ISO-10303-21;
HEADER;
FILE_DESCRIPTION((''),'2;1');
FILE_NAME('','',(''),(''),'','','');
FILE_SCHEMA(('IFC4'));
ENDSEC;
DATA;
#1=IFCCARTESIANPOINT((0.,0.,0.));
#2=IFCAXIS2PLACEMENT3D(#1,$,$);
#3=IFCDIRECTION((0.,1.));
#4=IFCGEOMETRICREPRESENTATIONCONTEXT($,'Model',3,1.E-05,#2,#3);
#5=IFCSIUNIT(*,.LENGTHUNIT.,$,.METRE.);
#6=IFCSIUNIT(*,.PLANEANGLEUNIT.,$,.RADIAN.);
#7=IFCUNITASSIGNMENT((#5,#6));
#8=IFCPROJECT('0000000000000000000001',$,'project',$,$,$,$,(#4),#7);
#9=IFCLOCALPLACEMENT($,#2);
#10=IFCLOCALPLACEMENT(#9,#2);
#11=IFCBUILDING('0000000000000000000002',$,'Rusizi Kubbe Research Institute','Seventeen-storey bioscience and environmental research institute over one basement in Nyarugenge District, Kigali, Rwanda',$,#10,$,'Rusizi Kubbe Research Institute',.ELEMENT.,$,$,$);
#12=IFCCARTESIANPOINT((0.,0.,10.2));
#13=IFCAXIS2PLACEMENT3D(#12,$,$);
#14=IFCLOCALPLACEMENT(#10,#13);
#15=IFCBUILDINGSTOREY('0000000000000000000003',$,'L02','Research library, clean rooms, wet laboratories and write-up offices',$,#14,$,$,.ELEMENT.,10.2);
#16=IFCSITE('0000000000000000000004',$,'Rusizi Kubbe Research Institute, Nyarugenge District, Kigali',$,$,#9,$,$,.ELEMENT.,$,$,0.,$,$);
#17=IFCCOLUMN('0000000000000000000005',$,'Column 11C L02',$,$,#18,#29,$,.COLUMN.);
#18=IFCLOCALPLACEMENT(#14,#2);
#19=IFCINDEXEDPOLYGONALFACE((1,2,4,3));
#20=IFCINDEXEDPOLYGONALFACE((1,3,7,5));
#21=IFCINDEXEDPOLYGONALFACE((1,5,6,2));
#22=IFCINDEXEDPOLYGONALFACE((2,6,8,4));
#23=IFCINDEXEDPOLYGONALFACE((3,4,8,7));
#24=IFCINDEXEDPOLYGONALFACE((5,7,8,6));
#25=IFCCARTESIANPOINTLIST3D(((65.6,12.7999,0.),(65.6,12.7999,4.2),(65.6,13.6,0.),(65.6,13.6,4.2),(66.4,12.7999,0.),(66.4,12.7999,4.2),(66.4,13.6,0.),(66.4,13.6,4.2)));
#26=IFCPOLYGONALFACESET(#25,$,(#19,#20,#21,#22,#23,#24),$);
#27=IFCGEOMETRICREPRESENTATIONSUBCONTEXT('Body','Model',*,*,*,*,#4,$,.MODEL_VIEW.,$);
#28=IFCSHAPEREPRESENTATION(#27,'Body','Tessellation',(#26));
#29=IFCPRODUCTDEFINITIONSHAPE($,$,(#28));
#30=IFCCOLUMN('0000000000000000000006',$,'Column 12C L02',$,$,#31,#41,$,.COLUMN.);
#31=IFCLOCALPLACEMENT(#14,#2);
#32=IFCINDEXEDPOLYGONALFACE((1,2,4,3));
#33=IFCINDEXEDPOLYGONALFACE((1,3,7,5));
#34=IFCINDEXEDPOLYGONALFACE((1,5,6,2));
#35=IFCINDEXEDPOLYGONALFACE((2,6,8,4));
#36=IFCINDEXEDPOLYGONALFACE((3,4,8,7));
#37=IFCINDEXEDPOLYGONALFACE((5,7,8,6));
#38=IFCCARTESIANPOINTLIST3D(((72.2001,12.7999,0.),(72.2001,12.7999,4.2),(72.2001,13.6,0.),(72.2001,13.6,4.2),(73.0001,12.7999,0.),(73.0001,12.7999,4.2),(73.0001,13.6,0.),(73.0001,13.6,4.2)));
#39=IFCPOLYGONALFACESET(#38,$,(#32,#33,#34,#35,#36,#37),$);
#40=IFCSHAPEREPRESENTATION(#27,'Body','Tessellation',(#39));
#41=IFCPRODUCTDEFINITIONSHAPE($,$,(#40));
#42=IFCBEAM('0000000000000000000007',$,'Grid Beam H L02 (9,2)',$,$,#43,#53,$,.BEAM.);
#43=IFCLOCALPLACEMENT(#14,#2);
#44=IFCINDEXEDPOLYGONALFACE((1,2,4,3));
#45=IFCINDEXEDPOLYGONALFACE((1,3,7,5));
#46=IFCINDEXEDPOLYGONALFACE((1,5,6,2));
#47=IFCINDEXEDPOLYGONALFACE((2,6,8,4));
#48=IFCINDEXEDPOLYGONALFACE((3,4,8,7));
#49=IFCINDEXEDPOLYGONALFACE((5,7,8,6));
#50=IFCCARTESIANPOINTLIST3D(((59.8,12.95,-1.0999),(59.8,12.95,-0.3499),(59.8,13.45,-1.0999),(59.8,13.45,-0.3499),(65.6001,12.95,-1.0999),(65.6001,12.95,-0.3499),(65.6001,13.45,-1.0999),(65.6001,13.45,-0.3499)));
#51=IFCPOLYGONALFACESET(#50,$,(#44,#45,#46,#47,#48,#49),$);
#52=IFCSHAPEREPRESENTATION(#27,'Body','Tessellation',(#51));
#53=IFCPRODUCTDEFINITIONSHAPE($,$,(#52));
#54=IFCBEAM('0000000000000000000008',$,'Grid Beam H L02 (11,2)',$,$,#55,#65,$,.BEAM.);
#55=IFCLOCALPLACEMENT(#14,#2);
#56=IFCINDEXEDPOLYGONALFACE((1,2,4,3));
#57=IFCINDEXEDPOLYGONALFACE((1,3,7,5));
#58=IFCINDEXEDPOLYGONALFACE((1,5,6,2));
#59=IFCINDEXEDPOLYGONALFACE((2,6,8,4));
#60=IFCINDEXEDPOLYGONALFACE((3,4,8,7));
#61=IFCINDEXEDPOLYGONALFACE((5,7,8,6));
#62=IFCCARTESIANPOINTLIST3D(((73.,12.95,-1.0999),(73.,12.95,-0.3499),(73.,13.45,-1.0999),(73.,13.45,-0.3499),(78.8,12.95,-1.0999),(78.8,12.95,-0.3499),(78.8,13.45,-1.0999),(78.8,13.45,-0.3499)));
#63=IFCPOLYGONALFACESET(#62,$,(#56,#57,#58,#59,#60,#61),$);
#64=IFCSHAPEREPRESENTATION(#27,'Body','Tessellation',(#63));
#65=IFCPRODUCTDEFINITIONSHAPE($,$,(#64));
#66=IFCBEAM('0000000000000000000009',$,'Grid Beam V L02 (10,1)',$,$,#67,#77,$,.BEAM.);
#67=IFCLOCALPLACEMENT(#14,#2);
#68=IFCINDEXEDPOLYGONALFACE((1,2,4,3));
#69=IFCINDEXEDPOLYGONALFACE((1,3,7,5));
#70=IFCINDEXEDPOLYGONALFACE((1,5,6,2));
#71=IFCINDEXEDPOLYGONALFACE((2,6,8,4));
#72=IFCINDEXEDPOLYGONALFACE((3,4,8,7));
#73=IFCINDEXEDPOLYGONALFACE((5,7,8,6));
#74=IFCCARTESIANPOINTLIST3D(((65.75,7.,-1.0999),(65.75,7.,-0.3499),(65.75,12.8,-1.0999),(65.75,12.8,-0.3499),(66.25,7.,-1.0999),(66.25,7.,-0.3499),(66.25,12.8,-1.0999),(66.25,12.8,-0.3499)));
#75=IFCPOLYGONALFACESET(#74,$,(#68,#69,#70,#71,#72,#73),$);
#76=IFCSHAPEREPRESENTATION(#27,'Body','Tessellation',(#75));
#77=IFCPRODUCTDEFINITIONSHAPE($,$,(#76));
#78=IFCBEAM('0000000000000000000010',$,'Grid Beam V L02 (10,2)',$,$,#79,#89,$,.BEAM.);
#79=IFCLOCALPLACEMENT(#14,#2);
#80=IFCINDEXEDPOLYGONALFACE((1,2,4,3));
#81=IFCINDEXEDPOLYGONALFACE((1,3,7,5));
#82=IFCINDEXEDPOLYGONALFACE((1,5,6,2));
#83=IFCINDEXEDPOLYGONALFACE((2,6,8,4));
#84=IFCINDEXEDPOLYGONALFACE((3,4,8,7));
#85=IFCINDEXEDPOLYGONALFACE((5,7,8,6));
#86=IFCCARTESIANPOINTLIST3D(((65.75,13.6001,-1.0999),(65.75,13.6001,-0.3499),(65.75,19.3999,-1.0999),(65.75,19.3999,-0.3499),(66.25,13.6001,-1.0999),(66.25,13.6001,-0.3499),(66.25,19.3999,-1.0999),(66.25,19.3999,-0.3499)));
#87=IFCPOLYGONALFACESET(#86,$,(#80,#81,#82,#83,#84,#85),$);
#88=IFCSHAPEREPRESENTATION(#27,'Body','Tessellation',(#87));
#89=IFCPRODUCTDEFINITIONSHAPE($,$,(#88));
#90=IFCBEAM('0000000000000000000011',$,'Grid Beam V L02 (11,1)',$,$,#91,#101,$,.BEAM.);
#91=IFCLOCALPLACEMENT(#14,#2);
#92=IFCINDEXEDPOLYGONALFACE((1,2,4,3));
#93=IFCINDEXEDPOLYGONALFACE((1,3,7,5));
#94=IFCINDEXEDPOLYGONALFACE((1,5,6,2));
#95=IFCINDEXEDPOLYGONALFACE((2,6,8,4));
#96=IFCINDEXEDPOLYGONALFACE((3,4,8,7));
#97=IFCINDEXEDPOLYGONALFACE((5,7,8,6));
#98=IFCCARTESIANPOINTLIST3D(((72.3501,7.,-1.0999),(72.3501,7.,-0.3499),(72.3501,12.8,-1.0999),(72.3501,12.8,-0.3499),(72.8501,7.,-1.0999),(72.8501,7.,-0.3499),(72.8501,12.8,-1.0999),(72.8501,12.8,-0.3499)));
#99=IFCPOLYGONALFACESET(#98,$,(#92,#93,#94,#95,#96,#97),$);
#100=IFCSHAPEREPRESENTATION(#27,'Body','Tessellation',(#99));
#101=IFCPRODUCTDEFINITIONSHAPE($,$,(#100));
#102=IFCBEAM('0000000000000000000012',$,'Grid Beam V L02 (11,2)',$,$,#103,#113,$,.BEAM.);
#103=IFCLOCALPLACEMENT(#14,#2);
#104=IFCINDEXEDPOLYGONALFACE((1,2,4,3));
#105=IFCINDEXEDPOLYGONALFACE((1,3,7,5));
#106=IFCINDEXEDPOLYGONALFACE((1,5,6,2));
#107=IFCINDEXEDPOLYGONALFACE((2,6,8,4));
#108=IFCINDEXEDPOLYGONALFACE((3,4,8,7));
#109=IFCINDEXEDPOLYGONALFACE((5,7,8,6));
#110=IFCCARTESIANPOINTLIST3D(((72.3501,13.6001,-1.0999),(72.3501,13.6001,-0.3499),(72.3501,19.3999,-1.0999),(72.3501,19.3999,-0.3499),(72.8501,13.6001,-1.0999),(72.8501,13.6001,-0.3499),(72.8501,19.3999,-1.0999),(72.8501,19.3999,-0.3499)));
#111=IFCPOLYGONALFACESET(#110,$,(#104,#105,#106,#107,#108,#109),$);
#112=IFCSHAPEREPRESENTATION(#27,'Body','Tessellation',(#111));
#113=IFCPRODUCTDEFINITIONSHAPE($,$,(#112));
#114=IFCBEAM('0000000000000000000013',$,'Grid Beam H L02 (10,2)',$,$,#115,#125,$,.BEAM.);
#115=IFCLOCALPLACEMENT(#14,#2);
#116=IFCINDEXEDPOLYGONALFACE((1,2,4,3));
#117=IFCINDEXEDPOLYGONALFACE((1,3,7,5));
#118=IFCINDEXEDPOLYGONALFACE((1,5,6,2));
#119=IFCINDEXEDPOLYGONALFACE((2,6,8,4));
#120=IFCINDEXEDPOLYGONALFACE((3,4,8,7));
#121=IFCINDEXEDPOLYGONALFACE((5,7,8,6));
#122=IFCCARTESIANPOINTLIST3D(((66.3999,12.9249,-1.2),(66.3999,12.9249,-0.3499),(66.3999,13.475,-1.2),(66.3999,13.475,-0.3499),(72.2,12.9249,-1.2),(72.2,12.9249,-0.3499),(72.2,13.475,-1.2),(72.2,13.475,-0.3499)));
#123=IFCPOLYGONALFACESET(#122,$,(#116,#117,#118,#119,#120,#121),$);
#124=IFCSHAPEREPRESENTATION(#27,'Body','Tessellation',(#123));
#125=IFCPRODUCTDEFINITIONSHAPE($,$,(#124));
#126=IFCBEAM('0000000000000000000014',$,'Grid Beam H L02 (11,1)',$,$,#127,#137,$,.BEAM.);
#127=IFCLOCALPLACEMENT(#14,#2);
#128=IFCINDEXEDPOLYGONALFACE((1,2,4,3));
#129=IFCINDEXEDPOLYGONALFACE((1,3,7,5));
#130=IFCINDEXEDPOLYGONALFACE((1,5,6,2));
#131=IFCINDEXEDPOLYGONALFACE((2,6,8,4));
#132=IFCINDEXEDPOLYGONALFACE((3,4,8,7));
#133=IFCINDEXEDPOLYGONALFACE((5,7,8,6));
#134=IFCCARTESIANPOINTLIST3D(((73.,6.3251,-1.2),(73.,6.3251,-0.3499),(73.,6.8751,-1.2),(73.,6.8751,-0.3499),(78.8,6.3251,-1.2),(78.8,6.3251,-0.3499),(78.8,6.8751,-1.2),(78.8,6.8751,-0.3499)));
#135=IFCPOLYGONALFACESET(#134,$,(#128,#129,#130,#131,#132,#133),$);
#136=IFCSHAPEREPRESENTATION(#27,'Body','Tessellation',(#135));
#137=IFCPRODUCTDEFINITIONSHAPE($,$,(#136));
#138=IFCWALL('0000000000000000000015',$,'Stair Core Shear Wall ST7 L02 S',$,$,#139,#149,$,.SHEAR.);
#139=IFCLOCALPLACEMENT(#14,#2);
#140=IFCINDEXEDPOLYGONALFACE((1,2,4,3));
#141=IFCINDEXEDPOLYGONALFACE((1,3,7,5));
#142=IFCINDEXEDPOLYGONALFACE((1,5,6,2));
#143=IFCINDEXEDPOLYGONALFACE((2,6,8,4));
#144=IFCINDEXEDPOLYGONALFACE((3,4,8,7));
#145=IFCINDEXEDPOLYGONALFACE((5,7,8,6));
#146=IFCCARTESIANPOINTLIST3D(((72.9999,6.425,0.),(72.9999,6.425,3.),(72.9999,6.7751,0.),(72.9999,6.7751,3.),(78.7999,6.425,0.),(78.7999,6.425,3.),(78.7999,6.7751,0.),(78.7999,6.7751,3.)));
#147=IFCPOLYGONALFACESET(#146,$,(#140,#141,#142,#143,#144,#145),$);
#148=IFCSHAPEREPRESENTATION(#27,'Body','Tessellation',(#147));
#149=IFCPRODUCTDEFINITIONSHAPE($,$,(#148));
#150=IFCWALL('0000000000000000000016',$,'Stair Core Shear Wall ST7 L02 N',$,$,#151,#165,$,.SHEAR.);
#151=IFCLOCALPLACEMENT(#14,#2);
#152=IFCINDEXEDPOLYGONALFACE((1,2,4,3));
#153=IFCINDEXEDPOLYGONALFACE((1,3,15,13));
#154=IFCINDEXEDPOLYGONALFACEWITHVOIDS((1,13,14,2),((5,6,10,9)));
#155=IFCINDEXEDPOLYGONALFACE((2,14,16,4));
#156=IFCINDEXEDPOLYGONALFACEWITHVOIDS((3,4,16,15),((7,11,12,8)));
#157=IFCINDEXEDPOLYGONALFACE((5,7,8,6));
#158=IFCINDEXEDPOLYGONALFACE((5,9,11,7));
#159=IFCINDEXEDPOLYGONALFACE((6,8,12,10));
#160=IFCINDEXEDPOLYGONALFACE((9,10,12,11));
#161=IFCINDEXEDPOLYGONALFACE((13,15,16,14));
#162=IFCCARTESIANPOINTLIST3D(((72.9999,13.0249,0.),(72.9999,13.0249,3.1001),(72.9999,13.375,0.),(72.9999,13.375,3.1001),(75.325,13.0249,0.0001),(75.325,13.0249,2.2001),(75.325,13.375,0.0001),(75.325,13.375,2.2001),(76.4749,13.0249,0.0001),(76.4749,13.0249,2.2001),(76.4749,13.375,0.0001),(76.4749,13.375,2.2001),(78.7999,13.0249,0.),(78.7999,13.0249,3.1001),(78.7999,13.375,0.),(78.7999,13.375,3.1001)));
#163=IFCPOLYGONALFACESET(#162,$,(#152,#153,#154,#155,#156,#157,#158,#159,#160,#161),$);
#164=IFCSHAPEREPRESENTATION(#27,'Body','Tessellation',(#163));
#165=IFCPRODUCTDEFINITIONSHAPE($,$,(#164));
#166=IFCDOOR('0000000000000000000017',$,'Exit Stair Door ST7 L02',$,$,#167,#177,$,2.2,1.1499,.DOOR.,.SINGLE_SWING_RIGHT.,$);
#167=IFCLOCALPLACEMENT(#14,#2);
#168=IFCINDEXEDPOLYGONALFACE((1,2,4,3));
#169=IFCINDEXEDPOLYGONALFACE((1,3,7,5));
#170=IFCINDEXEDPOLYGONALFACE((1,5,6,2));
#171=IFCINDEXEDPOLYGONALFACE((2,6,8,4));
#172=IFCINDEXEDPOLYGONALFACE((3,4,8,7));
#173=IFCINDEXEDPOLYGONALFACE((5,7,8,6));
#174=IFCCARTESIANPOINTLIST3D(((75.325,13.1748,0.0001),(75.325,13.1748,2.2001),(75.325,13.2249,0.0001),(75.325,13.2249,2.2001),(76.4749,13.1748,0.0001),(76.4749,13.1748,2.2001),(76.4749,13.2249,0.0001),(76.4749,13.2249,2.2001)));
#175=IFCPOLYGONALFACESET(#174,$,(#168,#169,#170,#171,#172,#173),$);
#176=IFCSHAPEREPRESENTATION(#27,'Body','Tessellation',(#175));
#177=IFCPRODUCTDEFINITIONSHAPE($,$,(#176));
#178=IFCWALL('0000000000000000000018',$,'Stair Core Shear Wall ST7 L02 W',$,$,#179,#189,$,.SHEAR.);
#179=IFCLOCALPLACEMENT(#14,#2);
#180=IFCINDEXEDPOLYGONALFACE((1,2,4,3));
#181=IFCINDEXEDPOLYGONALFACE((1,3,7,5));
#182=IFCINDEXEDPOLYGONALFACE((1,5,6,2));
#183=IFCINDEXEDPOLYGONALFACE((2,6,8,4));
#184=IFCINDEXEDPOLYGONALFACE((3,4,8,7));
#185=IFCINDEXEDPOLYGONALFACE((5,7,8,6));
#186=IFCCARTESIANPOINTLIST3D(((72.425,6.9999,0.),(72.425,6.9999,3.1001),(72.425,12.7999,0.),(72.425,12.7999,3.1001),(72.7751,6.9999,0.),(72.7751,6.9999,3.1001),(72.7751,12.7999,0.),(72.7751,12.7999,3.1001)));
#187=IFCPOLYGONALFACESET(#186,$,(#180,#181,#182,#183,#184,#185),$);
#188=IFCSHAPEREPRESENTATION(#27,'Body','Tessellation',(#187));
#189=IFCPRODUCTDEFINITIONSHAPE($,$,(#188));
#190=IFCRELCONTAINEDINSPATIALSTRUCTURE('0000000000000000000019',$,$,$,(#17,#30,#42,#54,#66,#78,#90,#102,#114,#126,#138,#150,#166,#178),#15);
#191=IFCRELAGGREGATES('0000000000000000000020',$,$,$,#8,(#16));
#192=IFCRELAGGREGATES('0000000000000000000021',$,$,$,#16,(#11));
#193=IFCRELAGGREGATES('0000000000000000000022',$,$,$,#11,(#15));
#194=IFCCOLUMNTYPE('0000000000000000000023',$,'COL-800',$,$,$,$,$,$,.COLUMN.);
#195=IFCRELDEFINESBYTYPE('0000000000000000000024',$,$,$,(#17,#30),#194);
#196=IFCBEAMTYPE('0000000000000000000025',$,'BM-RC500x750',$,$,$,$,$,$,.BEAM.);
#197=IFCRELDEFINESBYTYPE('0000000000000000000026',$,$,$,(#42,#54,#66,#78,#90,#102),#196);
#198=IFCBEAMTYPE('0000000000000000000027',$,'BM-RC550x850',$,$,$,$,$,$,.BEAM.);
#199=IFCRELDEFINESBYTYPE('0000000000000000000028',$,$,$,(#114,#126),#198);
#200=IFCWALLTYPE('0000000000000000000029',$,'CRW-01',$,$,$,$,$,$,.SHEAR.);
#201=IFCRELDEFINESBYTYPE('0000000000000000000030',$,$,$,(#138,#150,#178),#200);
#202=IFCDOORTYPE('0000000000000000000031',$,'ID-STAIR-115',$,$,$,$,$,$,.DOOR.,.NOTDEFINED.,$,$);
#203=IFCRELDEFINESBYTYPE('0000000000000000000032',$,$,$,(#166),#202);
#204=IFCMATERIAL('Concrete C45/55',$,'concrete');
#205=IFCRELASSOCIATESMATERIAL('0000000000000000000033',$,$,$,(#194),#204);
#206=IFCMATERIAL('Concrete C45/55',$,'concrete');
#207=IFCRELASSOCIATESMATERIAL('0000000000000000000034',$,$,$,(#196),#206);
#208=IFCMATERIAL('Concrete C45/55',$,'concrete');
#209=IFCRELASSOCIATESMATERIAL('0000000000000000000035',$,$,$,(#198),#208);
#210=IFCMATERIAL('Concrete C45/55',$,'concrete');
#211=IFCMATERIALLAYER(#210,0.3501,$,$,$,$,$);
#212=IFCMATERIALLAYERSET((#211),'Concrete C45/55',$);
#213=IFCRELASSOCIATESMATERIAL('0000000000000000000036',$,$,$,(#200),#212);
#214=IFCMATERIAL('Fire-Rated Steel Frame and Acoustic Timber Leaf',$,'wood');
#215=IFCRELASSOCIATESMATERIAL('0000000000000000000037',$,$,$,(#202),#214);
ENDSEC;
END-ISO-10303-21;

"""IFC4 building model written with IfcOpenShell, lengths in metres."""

from ifc_helpers import new_model, si_unit, direction, frame, frame_2d, origin, origin_2d, place, context, subcontext, project, spatial, rectangle, extrude, material, layer, layer_set, material_profile, profile_set, type_object, element, fill, save


model = new_model("IFC4")

# Units and contexts
model_context = context("Model", 3, precision=1e-05, world=origin(), true_north=direction((0.0, 1.0)))
body_context = subcontext(model_context, "Body", "Model", "MODEL_VIEW")
ifc_project = project(units=[si_unit("LENGTHUNIT", "METRE"), si_unit("PLANEANGLEUNIT", "RADIAN")], contexts=[model_context])

# Site, building, storey
site_placement = place(None, origin())
site = spatial("IfcSite", under=ifc_project, at=site_placement, Name="Rusizi Kubbe Research Institute, Nyarugenge District, Kigali", CompositionType="ELEMENT", RefElevation=0.0)
building_placement = place(site_placement, origin())
building = spatial("IfcBuilding", under=site, at=building_placement, Name="Rusizi Kubbe Research Institute", Description="Seventeen-storey bioscience and environmental research institute over one basement in Nyarugenge District, Kigali, Rwanda", LongName="Rusizi Kubbe Research Institute", CompositionType="ELEMENT")
storey_placement = place(building_placement, frame((0.0, 0.0, 10.2)))
storey = spatial("IfcBuildingStorey", under=building, at=storey_placement, Name="L02", Description="Research library, clean rooms, wet laboratories and write-up offices", CompositionType="ELEMENT", Elevation=10.2)

# Columns
ifc_material_1 = material(Name="Concrete C45/55", Category="concrete")
ifc_material_profile_1 = material_profile(ifc_material_1, rectangle(XDim=0.8, YDim=0.8, at=origin_2d()), Name="RC800x800")
ifc_profile_set_1 = profile_set([ifc_material_profile_1], Name="Concrete C45/55")
column_type = type_object("IfcColumnType", Name="COL-800", PredefinedType="COLUMN", material=ifc_profile_set_1)
for number, where, z_axis, x_axis, name in (
    (1, (66.0, 13.2, 0.0), (0.0, 0.0, 1.0), (1.0, 0.0, 0.0), "Column 11C L02"),
    (2, (72.6001, 13.2, 0.0), (0.0, 0.0, 1.0), (1.0, 0.0, 0.0), "Column 12C L02"),
):
    element("IfcColumn", number, at=place(storey_placement, frame(where, z_axis=z_axis, x_axis=x_axis)), inside=storey, type_object=column_type, Name=name, PredefinedType="COLUMN", context=body_context, shape_type="SweptSolid", body=[
        extrude(rectangle(XDim=0.8, YDim=0.8, at=origin_2d()), origin(), (0.0, 0.0, 1.0), 4.2),
    ])

# Beams
ifc_material_2 = material(Name="Concrete C45/55", Category="concrete")
ifc_material_profile_2 = material_profile(ifc_material_2, rectangle(XDim=0.5, YDim=0.75, at=origin_2d()), Name="RC500x750B")
ifc_profile_set_2 = profile_set([ifc_material_profile_2], Name="Concrete C45/55")
beam_type_1 = type_object("IfcBeamType", Name="BM-RC500x750", PredefinedType="BEAM", material=ifc_profile_set_2)
for number, where, z_axis, x_axis, name in (
    (3, (59.8, 13.2, -0.7249), (1.0, 0.0, 0.0), (0.0, 1.0, 0.0), "Grid Beam H L02 (9,2)"),
    (4, (73.0, 13.2, -0.7249), (1.0, 0.0, 0.0), (0.0, 1.0, 0.0), "Grid Beam H L02 (11,2)"),
    (5, (66.0, 7.0, -0.7249), (0.0, 1.0, 0.0), (-1.0, 0.0, 0.0), "Grid Beam V L02 (10,1)"),
):
    element("IfcBeam", number, at=place(storey_placement, frame(where, z_axis=z_axis, x_axis=x_axis)), inside=storey, type_object=beam_type_1, Name=name, PredefinedType="BEAM", context=body_context, shape_type="SweptSolid", body=[
        extrude(rectangle(XDim=0.5, YDim=0.75, at=origin_2d()), origin(), (0.0, 0.0, 1.0), 5.8),
    ])
beam_1_placement = place(storey_placement, frame((66.0, 13.6001, -0.7249), z_axis=(0.0, 1.0, 0.0), x_axis=(-1.0, 0.0, 0.0)))
element("IfcBeam", 6, at=beam_1_placement, inside=storey, type_object=beam_type_1, Name="Grid Beam V L02 (10,2)", PredefinedType="BEAM", context=body_context, shape_type="SweptSolid", body=[
    extrude(rectangle(XDim=0.5, YDim=0.75, at=origin_2d()), origin(), (0.0, 0.0, 1.0), 5.7998),
])
beam_2_placement = place(storey_placement, frame((72.6001, 7.0, -0.7249), z_axis=(0.0, 1.0, 0.0), x_axis=(-1.0, 0.0, 0.0)))
element("IfcBeam", 7, at=beam_2_placement, inside=storey, type_object=beam_type_1, Name="Grid Beam V L02 (11,1)", PredefinedType="BEAM", context=body_context, shape_type="SweptSolid", body=[
    extrude(rectangle(XDim=0.5, YDim=0.75, at=origin_2d()), origin(), (0.0, 0.0, 1.0), 5.8),
])
beam_3_placement = place(storey_placement, frame((72.6001, 13.6001, -0.7249), z_axis=(0.0, 1.0, 0.0), x_axis=(-1.0, 0.0, 0.0)))
element("IfcBeam", 8, at=beam_3_placement, inside=storey, type_object=beam_type_1, Name="Grid Beam V L02 (11,2)", PredefinedType="BEAM", context=body_context, shape_type="SweptSolid", body=[
    extrude(rectangle(XDim=0.5, YDim=0.75, at=origin_2d()), origin(), (0.0, 0.0, 1.0), 5.7998),
])
ifc_material_3 = material(Name="Concrete C45/55", Category="concrete")
ifc_material_profile_3 = material_profile(ifc_material_3, rectangle(XDim=0.55, YDim=0.8501, at=origin_2d()), Name="RC550x850")
ifc_profile_set_3 = profile_set([ifc_material_profile_3], Name="Concrete C45/55")
beam_type_2 = type_object("IfcBeamType", Name="BM-RC550x850", PredefinedType="BEAM", material=ifc_profile_set_3)
for number, where, z_axis, x_axis, name in (
    (9, (66.3999, 13.2, -0.7749), (1.0, 0.0, 0.0), (0.0, 1.0, 0.0), "Grid Beam H L02 (10,2)"),
    (10, (73.0, 6.6001, -0.7749), (1.0, 0.0, 0.0), (0.0, 1.0, 0.0), "Grid Beam H L02 (11,1)"),
):
    element("IfcBeam", number, at=place(storey_placement, frame(where, z_axis=z_axis, x_axis=x_axis)), inside=storey, type_object=beam_type_2, Name=name, PredefinedType="BEAM", context=body_context, shape_type="SweptSolid", body=[
        extrude(rectangle(XDim=0.55, YDim=0.8501, at=origin_2d()), origin(), (0.0, 0.0, 1.0), 5.8),
    ])

# Wall
ifc_material_4 = material(Name="Concrete C45/55", Category="concrete")
ifc_layer_1 = layer(ifc_material_4, 0.3501)
ifc_layer_set_1 = layer_set([ifc_layer_1], Name="Concrete C45/55")
wall_type_1 = type_object("IfcWallType", Name="CRW-01", PredefinedType="SHEAR", material=ifc_layer_set_1)
wall_1_placement = place(storey_placement, frame((73.0, 6.6001, 0.0), z_axis=(0.0, 0.0, 1.0), x_axis=(1.0, 0.0, 0.0)))
element("IfcWall", 11, at=wall_1_placement, inside=storey, type_object=wall_type_1, Name="Stair Core Shear Wall ST7 L02 S", PredefinedType="SHEAR", context=body_context, shape_type="SweptSolid", body=[
    extrude(rectangle(XDim=5.8, YDim=0.3501, at=frame_2d((2.8999, 0.0))), origin(), (0.0, 0.0, 1.0), 3.0),
])

# Wall, opening, door
wall_2_placement = place(storey_placement, frame((73.0, 13.2, 0.0), z_axis=(0.0, 0.0, 1.0), x_axis=(1.0, 0.0, 0.0)))
wall_2 = element("IfcWall", 12, at=wall_2_placement, inside=storey, type_object=wall_type_1, Name="Stair Core Shear Wall ST7 L02 N", PredefinedType="SHEAR", context=body_context, shape_type="SweptSolid", body=[
    extrude(rectangle(XDim=5.8, YDim=0.3501, at=frame_2d((2.8999, 0.0))), origin(), (0.0, 0.0, 1.0), 3.1001),
])
opening_1_placement = place(wall_2_placement, frame((2.325, 0.0, 0.0)))
opening_1 = element("IfcOpeningElement", 13, at=opening_1_placement, cuts=wall_2, PredefinedType="OPENING", context=body_context, shape_type="SweptSolid", body=[
    extrude(rectangle(XDim=1.1499, YDim=2.2, at=frame_2d((0.575, 1.1001))), frame((0.0, 0.1851, 0.0), z_axis=(0.0, -1.0, 0.0), x_axis=(1.0, 0.0, 0.0)), (0.0, 0.0, 1.0), 0.3701),
])
ifc_material_5 = material(Name="Fire-Rated Steel Frame and Acoustic Timber Leaf", Category="wood")
door_type_1 = type_object("IfcDoorType", Name="ID-STAIR-115", OperationType="NOTDEFINED", PredefinedType="DOOR", material=ifc_material_5)
door_1_placement = place(opening_1_placement, origin())
door_1 = element("IfcDoor", 14, at=door_1_placement, inside=storey, type_object=door_type_1, Name="Exit Stair Door ST7 L02", OperationType="SINGLE_SWING_RIGHT", OverallHeight=2.2, OverallWidth=1.1499, PredefinedType="DOOR", context=body_context, shape_type="SweptSolid", body=[
    extrude(rectangle(XDim=1.1499, YDim=2.2, at=frame_2d((0.575, 1.1001))), frame((0.0, 0.0249, 0.0), z_axis=(0.0, -1.0, 0.0), x_axis=(1.0, 0.0, 0.0)), (0.0, 0.0, 1.0), 0.05),
])
fill(opening_1, door_1)

# Wall
wall_3_placement = place(storey_placement, frame((72.6001, 7.0, 0.0), z_axis=(0.0, 0.0, 1.0), x_axis=(0.0, 1.0, 0.0)))
element("IfcWall", 15, at=wall_3_placement, inside=storey, type_object=wall_type_1, Name="Stair Core Shear Wall ST7 L02 W", PredefinedType="SHEAR", context=body_context, shape_type="SweptSolid", body=[
    extrude(rectangle(XDim=5.8, YDim=0.3501, at=frame_2d((2.8999, 0.0))), origin(), (0.0, 0.0, 1.0), 3.1001),
])

save(model, "model.ifc")
